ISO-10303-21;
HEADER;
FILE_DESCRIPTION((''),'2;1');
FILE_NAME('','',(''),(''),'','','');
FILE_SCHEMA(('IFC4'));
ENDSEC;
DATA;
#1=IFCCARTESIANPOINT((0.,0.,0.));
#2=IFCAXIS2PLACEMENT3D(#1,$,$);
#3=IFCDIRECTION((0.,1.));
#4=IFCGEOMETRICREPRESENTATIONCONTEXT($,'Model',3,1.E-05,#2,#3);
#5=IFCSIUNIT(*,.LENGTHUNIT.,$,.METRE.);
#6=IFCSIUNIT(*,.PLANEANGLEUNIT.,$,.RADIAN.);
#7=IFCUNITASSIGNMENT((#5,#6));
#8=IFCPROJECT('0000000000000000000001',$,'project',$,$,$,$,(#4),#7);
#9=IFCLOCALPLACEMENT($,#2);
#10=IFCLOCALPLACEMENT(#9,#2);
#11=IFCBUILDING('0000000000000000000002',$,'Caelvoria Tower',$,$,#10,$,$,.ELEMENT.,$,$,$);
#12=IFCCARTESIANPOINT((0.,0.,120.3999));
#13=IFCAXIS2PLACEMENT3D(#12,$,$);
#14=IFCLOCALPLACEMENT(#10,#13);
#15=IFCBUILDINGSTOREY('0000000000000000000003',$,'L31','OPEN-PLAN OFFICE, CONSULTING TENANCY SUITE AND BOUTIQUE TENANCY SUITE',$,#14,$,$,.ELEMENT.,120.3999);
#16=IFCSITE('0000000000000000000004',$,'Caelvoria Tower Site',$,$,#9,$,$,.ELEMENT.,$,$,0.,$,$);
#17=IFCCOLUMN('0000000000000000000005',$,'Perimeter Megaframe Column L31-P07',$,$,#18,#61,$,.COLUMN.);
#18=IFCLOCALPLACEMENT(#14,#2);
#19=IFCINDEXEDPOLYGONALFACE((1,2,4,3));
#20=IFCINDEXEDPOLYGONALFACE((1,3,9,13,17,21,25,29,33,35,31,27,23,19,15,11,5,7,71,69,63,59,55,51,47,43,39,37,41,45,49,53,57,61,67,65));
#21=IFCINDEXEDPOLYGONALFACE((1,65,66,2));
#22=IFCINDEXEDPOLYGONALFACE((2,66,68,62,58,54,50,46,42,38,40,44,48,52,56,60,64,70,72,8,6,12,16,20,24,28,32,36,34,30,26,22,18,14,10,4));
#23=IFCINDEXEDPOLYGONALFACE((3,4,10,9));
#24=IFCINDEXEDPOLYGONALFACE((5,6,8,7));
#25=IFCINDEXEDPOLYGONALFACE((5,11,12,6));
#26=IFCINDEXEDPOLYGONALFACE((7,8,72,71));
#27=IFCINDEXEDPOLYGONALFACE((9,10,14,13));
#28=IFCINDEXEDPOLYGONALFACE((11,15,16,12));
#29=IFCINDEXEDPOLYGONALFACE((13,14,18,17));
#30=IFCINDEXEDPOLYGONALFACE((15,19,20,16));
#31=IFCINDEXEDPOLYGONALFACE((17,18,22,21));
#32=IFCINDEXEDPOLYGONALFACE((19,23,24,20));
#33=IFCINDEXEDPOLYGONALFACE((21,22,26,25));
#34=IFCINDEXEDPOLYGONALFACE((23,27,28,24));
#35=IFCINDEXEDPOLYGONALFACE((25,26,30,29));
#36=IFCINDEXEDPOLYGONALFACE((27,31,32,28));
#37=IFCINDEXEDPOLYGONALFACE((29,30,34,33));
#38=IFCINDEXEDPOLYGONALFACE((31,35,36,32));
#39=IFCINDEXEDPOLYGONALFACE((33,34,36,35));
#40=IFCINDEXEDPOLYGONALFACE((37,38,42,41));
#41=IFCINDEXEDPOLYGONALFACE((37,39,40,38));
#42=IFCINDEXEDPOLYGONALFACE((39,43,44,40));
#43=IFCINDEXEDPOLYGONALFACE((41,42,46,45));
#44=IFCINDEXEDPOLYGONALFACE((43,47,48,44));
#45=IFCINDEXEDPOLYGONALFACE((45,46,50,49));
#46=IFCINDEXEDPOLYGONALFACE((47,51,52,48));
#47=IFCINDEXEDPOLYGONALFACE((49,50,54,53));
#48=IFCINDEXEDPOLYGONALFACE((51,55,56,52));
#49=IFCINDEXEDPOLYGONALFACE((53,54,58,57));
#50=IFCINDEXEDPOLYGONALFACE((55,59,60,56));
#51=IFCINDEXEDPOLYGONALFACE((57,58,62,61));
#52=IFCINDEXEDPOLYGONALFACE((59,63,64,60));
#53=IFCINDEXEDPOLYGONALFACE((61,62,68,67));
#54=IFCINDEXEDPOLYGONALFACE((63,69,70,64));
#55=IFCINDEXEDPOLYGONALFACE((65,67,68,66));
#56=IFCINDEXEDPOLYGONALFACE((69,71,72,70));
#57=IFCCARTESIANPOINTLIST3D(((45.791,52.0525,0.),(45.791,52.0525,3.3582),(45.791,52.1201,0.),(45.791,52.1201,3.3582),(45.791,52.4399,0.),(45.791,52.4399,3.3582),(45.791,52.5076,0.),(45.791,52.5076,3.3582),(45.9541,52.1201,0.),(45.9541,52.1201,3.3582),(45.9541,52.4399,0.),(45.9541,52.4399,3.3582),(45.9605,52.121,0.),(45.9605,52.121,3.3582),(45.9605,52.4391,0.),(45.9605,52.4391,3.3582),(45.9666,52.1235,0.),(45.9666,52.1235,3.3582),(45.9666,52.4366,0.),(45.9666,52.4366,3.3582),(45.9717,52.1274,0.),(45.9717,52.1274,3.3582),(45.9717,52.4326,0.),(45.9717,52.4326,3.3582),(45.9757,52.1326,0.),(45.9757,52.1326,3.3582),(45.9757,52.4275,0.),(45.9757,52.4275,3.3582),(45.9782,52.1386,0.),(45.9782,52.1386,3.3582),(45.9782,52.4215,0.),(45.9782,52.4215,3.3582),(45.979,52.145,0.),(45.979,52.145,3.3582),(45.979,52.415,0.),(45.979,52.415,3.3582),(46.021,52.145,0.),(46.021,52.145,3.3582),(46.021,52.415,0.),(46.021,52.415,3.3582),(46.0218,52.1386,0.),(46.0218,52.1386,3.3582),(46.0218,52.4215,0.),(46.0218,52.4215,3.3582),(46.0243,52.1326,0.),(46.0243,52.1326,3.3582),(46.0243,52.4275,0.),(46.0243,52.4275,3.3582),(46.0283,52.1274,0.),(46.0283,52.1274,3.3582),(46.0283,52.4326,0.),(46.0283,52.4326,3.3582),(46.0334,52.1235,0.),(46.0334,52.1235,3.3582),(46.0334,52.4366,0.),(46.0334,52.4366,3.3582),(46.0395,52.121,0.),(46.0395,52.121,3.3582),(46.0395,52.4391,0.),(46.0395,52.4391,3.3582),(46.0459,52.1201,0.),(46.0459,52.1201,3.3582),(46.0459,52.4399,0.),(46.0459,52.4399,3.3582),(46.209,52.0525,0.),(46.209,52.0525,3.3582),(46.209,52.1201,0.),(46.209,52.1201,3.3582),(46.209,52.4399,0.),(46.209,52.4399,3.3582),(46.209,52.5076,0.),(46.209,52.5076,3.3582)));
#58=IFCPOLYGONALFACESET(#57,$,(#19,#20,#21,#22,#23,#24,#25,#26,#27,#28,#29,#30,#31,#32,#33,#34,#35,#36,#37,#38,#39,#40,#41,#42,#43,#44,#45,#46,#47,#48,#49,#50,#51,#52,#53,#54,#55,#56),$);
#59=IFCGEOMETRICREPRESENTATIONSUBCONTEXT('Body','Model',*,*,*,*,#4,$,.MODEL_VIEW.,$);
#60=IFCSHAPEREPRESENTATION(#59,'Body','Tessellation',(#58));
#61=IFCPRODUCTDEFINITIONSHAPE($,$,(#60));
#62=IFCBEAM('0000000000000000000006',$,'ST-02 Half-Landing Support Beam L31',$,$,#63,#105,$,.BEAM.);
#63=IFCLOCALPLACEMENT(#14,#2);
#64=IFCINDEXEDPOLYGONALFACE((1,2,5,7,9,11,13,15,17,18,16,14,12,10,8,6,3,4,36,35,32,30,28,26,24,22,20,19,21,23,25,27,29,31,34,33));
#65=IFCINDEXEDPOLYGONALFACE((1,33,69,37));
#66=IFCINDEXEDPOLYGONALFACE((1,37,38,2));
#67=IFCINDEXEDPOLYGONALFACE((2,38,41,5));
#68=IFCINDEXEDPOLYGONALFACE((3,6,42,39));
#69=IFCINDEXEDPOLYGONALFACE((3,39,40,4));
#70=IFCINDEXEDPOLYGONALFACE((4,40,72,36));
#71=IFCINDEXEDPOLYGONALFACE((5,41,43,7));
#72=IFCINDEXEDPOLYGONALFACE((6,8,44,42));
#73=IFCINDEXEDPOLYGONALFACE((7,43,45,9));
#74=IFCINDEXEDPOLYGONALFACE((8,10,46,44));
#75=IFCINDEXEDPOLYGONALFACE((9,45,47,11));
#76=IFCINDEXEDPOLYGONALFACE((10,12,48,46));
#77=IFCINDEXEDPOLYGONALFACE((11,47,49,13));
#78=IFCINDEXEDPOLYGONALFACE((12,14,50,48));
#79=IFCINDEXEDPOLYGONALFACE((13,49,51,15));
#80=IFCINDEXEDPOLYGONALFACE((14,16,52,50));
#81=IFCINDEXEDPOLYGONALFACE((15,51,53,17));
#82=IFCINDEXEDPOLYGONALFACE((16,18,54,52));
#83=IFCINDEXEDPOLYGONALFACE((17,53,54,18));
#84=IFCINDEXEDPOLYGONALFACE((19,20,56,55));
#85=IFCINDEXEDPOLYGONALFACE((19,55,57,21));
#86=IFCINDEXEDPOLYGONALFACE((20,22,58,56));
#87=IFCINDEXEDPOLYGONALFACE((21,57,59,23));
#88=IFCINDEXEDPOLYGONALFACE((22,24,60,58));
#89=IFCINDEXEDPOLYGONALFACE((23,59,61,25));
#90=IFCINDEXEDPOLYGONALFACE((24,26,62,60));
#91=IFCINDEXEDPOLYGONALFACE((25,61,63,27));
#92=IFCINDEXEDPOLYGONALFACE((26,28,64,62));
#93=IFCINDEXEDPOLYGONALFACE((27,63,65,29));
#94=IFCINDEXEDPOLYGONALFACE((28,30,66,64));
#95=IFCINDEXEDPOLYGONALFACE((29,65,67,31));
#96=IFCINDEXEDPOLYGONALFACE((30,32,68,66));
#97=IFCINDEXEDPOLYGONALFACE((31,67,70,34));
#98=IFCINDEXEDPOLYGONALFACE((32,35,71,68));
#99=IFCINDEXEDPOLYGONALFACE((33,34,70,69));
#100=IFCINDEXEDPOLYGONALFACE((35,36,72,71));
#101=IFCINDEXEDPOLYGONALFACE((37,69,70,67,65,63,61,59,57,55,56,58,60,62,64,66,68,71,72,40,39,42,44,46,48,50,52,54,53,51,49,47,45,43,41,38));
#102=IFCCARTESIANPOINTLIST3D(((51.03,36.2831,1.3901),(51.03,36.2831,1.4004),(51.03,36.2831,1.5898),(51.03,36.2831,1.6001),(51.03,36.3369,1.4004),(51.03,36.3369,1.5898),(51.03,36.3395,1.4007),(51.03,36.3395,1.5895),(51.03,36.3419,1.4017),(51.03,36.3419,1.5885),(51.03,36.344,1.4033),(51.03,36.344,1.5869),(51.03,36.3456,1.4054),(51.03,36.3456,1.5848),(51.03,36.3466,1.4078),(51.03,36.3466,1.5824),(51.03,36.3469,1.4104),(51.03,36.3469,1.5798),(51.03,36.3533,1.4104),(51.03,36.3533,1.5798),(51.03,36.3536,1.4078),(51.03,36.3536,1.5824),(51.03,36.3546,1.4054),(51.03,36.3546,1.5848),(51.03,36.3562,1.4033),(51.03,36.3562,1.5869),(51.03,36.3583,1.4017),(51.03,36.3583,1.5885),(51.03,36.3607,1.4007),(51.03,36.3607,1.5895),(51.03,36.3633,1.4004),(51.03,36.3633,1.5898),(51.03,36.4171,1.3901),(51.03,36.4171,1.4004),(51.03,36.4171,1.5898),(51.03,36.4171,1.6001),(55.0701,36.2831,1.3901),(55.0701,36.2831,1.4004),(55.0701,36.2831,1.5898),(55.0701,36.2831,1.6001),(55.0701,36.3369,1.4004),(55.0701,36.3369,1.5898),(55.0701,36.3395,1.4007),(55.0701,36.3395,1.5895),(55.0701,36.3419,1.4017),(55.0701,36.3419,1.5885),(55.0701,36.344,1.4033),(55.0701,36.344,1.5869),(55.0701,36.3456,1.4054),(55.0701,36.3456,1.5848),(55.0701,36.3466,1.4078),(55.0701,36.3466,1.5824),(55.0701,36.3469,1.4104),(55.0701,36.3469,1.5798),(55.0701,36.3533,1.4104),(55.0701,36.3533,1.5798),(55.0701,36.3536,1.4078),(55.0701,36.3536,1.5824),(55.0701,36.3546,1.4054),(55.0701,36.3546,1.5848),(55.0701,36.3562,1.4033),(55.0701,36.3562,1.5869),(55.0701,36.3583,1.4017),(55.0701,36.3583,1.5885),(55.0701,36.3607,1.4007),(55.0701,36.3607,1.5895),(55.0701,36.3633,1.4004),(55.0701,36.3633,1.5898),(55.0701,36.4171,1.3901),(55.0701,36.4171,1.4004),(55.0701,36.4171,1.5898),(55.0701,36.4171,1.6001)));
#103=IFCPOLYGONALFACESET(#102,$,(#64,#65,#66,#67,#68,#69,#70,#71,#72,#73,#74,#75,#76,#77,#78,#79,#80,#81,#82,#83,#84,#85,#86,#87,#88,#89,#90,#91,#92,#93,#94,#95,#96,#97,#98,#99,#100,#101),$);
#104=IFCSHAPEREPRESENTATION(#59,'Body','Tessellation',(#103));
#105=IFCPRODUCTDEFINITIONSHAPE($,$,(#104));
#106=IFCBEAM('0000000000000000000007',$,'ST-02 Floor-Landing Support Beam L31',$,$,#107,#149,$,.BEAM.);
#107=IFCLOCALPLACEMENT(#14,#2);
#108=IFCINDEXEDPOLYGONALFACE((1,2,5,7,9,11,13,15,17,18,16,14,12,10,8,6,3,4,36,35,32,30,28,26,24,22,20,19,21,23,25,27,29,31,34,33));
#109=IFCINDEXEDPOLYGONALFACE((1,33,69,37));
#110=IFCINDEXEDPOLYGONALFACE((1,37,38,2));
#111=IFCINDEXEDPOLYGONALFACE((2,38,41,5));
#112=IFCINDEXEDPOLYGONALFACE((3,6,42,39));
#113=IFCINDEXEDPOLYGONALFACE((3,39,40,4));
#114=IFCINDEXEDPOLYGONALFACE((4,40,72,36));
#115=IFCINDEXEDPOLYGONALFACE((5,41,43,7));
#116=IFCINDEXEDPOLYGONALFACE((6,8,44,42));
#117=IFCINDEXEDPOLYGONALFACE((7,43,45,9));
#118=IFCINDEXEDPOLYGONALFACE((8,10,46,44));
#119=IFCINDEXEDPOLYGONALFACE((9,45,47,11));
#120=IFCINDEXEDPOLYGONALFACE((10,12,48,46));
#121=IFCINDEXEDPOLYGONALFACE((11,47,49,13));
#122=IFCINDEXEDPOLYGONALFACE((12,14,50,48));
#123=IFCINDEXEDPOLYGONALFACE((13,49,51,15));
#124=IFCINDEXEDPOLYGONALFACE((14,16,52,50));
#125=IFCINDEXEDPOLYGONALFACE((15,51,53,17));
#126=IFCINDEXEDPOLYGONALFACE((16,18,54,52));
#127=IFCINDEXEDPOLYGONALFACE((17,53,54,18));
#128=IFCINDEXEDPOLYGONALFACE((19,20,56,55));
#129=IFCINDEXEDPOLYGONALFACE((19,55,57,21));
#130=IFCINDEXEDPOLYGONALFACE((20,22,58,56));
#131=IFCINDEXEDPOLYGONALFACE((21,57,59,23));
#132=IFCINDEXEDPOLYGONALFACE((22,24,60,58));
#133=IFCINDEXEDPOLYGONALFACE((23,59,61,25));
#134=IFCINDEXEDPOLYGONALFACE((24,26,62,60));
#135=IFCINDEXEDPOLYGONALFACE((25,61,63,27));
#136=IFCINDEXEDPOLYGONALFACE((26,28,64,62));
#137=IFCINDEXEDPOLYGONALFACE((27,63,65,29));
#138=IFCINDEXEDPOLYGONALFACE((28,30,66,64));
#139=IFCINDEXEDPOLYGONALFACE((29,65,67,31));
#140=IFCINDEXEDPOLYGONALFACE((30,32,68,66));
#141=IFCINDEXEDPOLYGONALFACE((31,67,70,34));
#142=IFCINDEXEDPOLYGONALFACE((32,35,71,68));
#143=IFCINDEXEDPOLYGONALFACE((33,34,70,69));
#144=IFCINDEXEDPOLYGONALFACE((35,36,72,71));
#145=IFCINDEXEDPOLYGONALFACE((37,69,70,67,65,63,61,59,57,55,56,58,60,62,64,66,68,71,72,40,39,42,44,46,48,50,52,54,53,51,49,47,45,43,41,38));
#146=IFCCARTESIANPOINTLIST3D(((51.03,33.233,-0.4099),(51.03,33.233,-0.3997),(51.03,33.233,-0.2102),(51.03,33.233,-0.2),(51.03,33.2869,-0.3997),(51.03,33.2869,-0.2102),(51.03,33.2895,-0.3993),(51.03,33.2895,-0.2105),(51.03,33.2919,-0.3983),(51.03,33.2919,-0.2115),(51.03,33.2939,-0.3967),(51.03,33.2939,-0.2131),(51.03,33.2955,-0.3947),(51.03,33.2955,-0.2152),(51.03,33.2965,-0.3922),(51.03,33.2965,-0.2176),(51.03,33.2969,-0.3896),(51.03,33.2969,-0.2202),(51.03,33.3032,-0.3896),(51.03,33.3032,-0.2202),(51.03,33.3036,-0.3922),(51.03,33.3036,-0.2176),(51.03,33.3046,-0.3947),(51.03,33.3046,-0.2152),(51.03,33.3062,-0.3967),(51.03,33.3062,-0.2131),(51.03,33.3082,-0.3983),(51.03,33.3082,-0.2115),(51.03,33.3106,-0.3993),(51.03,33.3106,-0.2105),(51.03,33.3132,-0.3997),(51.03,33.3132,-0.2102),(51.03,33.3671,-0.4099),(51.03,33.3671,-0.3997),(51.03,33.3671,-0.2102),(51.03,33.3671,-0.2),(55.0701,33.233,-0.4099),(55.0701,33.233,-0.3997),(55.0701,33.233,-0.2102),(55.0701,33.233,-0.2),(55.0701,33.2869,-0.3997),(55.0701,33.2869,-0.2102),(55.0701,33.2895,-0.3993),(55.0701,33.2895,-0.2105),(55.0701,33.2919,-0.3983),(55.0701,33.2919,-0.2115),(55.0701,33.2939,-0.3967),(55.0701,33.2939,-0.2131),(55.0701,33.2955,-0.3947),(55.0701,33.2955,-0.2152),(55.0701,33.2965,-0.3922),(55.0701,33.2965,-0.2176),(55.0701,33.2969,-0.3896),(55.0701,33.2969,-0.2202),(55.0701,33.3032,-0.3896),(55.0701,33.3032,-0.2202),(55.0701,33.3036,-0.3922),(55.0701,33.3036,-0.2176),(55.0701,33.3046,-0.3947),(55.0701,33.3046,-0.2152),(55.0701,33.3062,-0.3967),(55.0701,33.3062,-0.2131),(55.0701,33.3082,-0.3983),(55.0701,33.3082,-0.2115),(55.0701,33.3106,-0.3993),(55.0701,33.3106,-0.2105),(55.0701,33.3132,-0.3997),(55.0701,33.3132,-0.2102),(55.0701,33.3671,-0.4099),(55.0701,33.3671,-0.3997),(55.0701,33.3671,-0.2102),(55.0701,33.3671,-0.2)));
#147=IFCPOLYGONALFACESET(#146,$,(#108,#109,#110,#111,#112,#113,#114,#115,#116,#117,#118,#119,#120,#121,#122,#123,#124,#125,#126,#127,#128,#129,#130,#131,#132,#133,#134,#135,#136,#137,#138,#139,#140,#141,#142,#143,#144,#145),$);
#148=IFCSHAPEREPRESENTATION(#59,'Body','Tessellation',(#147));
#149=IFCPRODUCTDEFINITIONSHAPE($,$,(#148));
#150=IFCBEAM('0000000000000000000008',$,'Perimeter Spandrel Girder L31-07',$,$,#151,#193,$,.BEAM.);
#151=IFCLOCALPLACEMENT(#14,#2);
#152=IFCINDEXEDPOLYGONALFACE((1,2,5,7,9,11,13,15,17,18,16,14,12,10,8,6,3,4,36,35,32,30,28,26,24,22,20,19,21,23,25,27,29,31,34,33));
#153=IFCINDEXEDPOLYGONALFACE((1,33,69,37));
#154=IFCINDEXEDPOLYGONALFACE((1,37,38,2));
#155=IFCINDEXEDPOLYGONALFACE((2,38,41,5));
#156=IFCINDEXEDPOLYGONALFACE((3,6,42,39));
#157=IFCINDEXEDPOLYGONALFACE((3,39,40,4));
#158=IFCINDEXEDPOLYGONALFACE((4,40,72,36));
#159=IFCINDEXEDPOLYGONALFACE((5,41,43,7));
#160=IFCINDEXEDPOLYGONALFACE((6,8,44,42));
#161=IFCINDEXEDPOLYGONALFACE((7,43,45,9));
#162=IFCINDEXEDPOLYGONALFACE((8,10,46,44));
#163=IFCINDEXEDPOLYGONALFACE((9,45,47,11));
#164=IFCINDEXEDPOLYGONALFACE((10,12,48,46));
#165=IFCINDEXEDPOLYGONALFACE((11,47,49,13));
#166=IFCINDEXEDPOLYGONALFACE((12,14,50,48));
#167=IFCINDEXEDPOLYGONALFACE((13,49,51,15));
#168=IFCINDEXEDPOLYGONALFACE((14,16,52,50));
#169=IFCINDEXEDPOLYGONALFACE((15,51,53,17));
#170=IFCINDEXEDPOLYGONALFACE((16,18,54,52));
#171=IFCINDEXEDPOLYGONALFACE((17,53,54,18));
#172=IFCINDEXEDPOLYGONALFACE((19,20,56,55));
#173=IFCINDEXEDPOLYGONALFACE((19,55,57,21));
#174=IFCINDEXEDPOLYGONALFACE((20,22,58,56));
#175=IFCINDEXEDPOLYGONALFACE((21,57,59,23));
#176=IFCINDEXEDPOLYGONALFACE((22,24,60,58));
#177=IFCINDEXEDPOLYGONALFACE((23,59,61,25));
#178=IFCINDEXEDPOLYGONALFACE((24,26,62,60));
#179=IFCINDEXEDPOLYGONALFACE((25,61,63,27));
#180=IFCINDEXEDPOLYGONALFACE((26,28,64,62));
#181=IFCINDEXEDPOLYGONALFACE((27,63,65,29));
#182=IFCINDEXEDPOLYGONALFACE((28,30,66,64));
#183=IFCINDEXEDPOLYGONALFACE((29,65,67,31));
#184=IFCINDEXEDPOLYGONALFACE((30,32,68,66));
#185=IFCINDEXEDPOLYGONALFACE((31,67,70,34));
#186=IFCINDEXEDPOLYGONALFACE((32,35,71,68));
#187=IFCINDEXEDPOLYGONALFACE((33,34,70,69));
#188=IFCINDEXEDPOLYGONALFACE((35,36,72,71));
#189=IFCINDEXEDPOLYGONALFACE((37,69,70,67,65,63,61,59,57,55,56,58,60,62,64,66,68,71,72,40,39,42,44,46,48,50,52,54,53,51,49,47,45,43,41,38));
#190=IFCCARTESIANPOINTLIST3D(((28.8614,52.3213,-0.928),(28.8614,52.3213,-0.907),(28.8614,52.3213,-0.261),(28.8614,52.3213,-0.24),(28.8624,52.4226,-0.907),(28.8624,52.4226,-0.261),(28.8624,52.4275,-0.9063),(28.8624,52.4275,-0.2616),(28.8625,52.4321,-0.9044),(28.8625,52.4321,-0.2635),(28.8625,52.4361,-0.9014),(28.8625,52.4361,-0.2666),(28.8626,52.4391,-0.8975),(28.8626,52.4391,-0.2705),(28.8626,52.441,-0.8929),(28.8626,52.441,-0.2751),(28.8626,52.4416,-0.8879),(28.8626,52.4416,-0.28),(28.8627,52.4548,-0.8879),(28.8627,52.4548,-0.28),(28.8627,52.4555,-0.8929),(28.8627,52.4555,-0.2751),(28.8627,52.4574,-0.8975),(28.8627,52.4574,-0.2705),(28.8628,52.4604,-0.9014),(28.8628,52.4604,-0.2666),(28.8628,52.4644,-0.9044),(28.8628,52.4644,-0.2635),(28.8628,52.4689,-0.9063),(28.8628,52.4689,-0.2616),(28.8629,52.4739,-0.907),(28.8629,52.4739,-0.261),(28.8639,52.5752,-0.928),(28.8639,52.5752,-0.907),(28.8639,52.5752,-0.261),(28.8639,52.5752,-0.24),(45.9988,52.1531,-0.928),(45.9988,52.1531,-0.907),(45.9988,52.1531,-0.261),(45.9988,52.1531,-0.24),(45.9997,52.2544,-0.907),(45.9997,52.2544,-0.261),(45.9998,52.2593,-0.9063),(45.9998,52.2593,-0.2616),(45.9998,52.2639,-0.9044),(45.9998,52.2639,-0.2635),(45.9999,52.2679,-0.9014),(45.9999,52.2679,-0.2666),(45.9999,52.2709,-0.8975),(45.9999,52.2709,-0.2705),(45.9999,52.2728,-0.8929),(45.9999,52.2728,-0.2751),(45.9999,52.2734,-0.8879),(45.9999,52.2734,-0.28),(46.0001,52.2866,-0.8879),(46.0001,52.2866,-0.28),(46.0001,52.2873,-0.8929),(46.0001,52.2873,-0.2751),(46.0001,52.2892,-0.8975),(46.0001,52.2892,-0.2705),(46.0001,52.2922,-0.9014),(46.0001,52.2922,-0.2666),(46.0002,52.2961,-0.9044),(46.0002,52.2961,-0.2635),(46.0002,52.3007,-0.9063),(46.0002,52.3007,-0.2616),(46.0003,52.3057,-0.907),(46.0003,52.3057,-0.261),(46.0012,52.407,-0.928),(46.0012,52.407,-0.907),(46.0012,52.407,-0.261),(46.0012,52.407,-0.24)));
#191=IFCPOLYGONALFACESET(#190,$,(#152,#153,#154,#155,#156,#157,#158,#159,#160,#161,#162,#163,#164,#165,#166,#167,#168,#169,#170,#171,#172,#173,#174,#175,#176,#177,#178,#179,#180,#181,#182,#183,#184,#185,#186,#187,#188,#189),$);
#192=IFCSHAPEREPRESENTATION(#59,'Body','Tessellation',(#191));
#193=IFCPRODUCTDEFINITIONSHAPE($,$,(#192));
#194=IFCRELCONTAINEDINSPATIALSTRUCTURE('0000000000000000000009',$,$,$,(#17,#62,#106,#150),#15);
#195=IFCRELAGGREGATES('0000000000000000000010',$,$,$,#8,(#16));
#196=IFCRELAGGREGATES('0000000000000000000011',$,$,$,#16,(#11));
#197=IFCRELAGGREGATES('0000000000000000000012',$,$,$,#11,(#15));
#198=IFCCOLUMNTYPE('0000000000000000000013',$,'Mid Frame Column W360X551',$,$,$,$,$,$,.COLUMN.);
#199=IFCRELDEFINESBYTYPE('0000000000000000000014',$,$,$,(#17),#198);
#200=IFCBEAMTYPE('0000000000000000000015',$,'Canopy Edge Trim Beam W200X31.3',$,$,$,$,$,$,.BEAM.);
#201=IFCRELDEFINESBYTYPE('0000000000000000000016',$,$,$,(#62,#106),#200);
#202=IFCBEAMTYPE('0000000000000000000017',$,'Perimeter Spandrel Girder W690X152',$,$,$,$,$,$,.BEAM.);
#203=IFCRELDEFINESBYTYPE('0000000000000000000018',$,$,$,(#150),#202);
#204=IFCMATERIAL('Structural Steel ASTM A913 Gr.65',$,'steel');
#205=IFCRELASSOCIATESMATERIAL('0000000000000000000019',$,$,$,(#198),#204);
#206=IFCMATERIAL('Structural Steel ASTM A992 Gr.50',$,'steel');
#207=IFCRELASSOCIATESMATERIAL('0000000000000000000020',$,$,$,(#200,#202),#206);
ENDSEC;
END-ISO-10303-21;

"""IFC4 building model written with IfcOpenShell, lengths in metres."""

from ifc_helpers import new_model, si_unit, direction, frame, origin, origin_2d, place, context, subcontext, project, spatial, i_section, extrude, material, material_profile, profile_set, type_object, element, save


model = new_model("IFC4")

# Units and contexts
model_context = context("Model", 3, precision=1e-05, world=origin(), true_north=direction((0.0, 1.0)))
body_context = subcontext(model_context, "Body", "Model", "MODEL_VIEW")
ifc_project = project(units=[si_unit("LENGTHUNIT", "METRE"), si_unit("PLANEANGLEUNIT", "RADIAN")], contexts=[model_context])

# Site, building, storey
site_placement = place(None, origin())
site = spatial("IfcSite", under=ifc_project, at=site_placement, Name="Caelvoria Tower Site", CompositionType="ELEMENT", RefElevation=0.0)
building_placement = place(site_placement, origin())
building = spatial("IfcBuilding", under=site, at=building_placement, Name="Caelvoria Tower", CompositionType="ELEMENT")
storey_placement = place(building_placement, frame((0.0, 0.0, 120.3999)))
storey = spatial("IfcBuildingStorey", under=building, at=storey_placement, Name="L31", Description="OPEN-PLAN OFFICE, CONSULTING TENANCY SUITE AND BOUTIQUE TENANCY SUITE", CompositionType="ELEMENT", Elevation=120.3999)

# Column
ifc_material_1 = material(Name="Structural Steel ASTM A913 Gr.65", Category="steel")
ifc_material_profile_1 = material_profile(ifc_material_1, i_section(OverallWidth=0.418, OverallDepth=0.4551, WebThickness=0.042, FlangeThickness=0.0676, FilletRadius=0.0249, at=origin_2d()), Name="Structural Steel ASTM A913 Gr.65")
ifc_profile_set_1 = profile_set([ifc_material_profile_1], Name="W360X551 - Structural Steel ASTM A913 Gr.65")
column_type = type_object("IfcColumnType", Name="Mid Frame Column W360X551", PredefinedType="COLUMN", material=ifc_profile_set_1)
column_placement = place(storey_placement, frame((46.0, 52.28, 0.0), z_axis=(0.0, 0.0, 1.0), x_axis=(1.0, 0.0, 0.0)))
element("IfcColumn", 1, at=column_placement, inside=storey, type_object=column_type, Name="Perimeter Megaframe Column L31-P07", PredefinedType="COLUMN", context=body_context, shape_type="SweptSolid", body=[
    extrude(i_section(OverallWidth=0.418, OverallDepth=0.4551, WebThickness=0.042, FlangeThickness=0.0676, FilletRadius=0.0249, at=origin_2d()), origin(), (0.0, 0.0, 1.0), 3.3582),
])

# Beams
ifc_material_2 = material(Name="Structural Steel ASTM A992 Gr.50", Category="steel")
ifc_material_profile_2 = material_profile(ifc_material_2, i_section(OverallWidth=0.134, OverallDepth=0.21, WebThickness=0.0063, FlangeThickness=0.0103, FilletRadius=0.01, at=origin_2d()), Name="Structural Steel ASTM A992 Gr.50")
ifc_profile_set_2 = profile_set([ifc_material_profile_2], Name="W200X31.3 - Structural Steel ASTM A992 Gr.50")
beam_type_1 = type_object("IfcBeamType", Name="Canopy Edge Trim Beam W200X31.3", PredefinedType="BEAM", material=ifc_profile_set_2)
for number, where, z_axis, x_axis, name in (
    (2, (51.03, 36.3501, 1.4951), (1.0, 0.0, 0.0), (0.0, 1.0, 0.0), "ST-02 Half-Landing Support Beam L31"),
    (3, (51.03, 33.3, -0.3049), (1.0, 0.0, 0.0), (0.0, 1.0, 0.0), "ST-02 Floor-Landing Support Beam L31"),
):
    element("IfcBeam", number, at=place(storey_placement, frame(where, z_axis=z_axis, x_axis=x_axis)), inside=storey, type_object=beam_type_1, Name=name, PredefinedType="BEAM", context=body_context, shape_type="SweptSolid", body=[
        extrude(i_section(OverallWidth=0.134, OverallDepth=0.21, WebThickness=0.0063, FlangeThickness=0.0103, FilletRadius=0.01, at=origin_2d()), origin(), (0.0, 0.0, 1.0), 4.04),
    ])
ifc_material_profile_3 = material_profile(ifc_material_2, i_section(OverallWidth=0.2539, OverallDepth=0.688, WebThickness=0.0132, FlangeThickness=0.021, FilletRadius=0.019, at=origin_2d()), Name="Structural Steel ASTM A992 Gr.50")
ifc_profile_set_3 = profile_set([ifc_material_profile_3], Name="W690X152 - Structural Steel ASTM A992 Gr.50")
beam_type_2 = type_object("IfcBeamType", Name="Perimeter Spandrel Girder W690X152", PredefinedType="BEAM", material=ifc_profile_set_3)
beam_1_placement = place(storey_placement, frame((46.0, 52.28, -0.584), z_axis=(-0.999952, 0.009815, 0.0), x_axis=(-0.009815, -0.999952, 0.0)))
element("IfcBeam", 4, at=beam_1_placement, inside=storey, type_object=beam_type_2, Name="Perimeter Spandrel Girder L31-07", PredefinedType="BEAM", context=body_context, shape_type="SweptSolid", body=[
    extrude(i_section(OverallWidth=0.2539, OverallDepth=0.688, WebThickness=0.0132, FlangeThickness=0.021, FilletRadius=0.019, at=origin_2d()), origin(), (0.0, 0.0, 1.0), 17.1382),
])

save(model, "model.ifc")
